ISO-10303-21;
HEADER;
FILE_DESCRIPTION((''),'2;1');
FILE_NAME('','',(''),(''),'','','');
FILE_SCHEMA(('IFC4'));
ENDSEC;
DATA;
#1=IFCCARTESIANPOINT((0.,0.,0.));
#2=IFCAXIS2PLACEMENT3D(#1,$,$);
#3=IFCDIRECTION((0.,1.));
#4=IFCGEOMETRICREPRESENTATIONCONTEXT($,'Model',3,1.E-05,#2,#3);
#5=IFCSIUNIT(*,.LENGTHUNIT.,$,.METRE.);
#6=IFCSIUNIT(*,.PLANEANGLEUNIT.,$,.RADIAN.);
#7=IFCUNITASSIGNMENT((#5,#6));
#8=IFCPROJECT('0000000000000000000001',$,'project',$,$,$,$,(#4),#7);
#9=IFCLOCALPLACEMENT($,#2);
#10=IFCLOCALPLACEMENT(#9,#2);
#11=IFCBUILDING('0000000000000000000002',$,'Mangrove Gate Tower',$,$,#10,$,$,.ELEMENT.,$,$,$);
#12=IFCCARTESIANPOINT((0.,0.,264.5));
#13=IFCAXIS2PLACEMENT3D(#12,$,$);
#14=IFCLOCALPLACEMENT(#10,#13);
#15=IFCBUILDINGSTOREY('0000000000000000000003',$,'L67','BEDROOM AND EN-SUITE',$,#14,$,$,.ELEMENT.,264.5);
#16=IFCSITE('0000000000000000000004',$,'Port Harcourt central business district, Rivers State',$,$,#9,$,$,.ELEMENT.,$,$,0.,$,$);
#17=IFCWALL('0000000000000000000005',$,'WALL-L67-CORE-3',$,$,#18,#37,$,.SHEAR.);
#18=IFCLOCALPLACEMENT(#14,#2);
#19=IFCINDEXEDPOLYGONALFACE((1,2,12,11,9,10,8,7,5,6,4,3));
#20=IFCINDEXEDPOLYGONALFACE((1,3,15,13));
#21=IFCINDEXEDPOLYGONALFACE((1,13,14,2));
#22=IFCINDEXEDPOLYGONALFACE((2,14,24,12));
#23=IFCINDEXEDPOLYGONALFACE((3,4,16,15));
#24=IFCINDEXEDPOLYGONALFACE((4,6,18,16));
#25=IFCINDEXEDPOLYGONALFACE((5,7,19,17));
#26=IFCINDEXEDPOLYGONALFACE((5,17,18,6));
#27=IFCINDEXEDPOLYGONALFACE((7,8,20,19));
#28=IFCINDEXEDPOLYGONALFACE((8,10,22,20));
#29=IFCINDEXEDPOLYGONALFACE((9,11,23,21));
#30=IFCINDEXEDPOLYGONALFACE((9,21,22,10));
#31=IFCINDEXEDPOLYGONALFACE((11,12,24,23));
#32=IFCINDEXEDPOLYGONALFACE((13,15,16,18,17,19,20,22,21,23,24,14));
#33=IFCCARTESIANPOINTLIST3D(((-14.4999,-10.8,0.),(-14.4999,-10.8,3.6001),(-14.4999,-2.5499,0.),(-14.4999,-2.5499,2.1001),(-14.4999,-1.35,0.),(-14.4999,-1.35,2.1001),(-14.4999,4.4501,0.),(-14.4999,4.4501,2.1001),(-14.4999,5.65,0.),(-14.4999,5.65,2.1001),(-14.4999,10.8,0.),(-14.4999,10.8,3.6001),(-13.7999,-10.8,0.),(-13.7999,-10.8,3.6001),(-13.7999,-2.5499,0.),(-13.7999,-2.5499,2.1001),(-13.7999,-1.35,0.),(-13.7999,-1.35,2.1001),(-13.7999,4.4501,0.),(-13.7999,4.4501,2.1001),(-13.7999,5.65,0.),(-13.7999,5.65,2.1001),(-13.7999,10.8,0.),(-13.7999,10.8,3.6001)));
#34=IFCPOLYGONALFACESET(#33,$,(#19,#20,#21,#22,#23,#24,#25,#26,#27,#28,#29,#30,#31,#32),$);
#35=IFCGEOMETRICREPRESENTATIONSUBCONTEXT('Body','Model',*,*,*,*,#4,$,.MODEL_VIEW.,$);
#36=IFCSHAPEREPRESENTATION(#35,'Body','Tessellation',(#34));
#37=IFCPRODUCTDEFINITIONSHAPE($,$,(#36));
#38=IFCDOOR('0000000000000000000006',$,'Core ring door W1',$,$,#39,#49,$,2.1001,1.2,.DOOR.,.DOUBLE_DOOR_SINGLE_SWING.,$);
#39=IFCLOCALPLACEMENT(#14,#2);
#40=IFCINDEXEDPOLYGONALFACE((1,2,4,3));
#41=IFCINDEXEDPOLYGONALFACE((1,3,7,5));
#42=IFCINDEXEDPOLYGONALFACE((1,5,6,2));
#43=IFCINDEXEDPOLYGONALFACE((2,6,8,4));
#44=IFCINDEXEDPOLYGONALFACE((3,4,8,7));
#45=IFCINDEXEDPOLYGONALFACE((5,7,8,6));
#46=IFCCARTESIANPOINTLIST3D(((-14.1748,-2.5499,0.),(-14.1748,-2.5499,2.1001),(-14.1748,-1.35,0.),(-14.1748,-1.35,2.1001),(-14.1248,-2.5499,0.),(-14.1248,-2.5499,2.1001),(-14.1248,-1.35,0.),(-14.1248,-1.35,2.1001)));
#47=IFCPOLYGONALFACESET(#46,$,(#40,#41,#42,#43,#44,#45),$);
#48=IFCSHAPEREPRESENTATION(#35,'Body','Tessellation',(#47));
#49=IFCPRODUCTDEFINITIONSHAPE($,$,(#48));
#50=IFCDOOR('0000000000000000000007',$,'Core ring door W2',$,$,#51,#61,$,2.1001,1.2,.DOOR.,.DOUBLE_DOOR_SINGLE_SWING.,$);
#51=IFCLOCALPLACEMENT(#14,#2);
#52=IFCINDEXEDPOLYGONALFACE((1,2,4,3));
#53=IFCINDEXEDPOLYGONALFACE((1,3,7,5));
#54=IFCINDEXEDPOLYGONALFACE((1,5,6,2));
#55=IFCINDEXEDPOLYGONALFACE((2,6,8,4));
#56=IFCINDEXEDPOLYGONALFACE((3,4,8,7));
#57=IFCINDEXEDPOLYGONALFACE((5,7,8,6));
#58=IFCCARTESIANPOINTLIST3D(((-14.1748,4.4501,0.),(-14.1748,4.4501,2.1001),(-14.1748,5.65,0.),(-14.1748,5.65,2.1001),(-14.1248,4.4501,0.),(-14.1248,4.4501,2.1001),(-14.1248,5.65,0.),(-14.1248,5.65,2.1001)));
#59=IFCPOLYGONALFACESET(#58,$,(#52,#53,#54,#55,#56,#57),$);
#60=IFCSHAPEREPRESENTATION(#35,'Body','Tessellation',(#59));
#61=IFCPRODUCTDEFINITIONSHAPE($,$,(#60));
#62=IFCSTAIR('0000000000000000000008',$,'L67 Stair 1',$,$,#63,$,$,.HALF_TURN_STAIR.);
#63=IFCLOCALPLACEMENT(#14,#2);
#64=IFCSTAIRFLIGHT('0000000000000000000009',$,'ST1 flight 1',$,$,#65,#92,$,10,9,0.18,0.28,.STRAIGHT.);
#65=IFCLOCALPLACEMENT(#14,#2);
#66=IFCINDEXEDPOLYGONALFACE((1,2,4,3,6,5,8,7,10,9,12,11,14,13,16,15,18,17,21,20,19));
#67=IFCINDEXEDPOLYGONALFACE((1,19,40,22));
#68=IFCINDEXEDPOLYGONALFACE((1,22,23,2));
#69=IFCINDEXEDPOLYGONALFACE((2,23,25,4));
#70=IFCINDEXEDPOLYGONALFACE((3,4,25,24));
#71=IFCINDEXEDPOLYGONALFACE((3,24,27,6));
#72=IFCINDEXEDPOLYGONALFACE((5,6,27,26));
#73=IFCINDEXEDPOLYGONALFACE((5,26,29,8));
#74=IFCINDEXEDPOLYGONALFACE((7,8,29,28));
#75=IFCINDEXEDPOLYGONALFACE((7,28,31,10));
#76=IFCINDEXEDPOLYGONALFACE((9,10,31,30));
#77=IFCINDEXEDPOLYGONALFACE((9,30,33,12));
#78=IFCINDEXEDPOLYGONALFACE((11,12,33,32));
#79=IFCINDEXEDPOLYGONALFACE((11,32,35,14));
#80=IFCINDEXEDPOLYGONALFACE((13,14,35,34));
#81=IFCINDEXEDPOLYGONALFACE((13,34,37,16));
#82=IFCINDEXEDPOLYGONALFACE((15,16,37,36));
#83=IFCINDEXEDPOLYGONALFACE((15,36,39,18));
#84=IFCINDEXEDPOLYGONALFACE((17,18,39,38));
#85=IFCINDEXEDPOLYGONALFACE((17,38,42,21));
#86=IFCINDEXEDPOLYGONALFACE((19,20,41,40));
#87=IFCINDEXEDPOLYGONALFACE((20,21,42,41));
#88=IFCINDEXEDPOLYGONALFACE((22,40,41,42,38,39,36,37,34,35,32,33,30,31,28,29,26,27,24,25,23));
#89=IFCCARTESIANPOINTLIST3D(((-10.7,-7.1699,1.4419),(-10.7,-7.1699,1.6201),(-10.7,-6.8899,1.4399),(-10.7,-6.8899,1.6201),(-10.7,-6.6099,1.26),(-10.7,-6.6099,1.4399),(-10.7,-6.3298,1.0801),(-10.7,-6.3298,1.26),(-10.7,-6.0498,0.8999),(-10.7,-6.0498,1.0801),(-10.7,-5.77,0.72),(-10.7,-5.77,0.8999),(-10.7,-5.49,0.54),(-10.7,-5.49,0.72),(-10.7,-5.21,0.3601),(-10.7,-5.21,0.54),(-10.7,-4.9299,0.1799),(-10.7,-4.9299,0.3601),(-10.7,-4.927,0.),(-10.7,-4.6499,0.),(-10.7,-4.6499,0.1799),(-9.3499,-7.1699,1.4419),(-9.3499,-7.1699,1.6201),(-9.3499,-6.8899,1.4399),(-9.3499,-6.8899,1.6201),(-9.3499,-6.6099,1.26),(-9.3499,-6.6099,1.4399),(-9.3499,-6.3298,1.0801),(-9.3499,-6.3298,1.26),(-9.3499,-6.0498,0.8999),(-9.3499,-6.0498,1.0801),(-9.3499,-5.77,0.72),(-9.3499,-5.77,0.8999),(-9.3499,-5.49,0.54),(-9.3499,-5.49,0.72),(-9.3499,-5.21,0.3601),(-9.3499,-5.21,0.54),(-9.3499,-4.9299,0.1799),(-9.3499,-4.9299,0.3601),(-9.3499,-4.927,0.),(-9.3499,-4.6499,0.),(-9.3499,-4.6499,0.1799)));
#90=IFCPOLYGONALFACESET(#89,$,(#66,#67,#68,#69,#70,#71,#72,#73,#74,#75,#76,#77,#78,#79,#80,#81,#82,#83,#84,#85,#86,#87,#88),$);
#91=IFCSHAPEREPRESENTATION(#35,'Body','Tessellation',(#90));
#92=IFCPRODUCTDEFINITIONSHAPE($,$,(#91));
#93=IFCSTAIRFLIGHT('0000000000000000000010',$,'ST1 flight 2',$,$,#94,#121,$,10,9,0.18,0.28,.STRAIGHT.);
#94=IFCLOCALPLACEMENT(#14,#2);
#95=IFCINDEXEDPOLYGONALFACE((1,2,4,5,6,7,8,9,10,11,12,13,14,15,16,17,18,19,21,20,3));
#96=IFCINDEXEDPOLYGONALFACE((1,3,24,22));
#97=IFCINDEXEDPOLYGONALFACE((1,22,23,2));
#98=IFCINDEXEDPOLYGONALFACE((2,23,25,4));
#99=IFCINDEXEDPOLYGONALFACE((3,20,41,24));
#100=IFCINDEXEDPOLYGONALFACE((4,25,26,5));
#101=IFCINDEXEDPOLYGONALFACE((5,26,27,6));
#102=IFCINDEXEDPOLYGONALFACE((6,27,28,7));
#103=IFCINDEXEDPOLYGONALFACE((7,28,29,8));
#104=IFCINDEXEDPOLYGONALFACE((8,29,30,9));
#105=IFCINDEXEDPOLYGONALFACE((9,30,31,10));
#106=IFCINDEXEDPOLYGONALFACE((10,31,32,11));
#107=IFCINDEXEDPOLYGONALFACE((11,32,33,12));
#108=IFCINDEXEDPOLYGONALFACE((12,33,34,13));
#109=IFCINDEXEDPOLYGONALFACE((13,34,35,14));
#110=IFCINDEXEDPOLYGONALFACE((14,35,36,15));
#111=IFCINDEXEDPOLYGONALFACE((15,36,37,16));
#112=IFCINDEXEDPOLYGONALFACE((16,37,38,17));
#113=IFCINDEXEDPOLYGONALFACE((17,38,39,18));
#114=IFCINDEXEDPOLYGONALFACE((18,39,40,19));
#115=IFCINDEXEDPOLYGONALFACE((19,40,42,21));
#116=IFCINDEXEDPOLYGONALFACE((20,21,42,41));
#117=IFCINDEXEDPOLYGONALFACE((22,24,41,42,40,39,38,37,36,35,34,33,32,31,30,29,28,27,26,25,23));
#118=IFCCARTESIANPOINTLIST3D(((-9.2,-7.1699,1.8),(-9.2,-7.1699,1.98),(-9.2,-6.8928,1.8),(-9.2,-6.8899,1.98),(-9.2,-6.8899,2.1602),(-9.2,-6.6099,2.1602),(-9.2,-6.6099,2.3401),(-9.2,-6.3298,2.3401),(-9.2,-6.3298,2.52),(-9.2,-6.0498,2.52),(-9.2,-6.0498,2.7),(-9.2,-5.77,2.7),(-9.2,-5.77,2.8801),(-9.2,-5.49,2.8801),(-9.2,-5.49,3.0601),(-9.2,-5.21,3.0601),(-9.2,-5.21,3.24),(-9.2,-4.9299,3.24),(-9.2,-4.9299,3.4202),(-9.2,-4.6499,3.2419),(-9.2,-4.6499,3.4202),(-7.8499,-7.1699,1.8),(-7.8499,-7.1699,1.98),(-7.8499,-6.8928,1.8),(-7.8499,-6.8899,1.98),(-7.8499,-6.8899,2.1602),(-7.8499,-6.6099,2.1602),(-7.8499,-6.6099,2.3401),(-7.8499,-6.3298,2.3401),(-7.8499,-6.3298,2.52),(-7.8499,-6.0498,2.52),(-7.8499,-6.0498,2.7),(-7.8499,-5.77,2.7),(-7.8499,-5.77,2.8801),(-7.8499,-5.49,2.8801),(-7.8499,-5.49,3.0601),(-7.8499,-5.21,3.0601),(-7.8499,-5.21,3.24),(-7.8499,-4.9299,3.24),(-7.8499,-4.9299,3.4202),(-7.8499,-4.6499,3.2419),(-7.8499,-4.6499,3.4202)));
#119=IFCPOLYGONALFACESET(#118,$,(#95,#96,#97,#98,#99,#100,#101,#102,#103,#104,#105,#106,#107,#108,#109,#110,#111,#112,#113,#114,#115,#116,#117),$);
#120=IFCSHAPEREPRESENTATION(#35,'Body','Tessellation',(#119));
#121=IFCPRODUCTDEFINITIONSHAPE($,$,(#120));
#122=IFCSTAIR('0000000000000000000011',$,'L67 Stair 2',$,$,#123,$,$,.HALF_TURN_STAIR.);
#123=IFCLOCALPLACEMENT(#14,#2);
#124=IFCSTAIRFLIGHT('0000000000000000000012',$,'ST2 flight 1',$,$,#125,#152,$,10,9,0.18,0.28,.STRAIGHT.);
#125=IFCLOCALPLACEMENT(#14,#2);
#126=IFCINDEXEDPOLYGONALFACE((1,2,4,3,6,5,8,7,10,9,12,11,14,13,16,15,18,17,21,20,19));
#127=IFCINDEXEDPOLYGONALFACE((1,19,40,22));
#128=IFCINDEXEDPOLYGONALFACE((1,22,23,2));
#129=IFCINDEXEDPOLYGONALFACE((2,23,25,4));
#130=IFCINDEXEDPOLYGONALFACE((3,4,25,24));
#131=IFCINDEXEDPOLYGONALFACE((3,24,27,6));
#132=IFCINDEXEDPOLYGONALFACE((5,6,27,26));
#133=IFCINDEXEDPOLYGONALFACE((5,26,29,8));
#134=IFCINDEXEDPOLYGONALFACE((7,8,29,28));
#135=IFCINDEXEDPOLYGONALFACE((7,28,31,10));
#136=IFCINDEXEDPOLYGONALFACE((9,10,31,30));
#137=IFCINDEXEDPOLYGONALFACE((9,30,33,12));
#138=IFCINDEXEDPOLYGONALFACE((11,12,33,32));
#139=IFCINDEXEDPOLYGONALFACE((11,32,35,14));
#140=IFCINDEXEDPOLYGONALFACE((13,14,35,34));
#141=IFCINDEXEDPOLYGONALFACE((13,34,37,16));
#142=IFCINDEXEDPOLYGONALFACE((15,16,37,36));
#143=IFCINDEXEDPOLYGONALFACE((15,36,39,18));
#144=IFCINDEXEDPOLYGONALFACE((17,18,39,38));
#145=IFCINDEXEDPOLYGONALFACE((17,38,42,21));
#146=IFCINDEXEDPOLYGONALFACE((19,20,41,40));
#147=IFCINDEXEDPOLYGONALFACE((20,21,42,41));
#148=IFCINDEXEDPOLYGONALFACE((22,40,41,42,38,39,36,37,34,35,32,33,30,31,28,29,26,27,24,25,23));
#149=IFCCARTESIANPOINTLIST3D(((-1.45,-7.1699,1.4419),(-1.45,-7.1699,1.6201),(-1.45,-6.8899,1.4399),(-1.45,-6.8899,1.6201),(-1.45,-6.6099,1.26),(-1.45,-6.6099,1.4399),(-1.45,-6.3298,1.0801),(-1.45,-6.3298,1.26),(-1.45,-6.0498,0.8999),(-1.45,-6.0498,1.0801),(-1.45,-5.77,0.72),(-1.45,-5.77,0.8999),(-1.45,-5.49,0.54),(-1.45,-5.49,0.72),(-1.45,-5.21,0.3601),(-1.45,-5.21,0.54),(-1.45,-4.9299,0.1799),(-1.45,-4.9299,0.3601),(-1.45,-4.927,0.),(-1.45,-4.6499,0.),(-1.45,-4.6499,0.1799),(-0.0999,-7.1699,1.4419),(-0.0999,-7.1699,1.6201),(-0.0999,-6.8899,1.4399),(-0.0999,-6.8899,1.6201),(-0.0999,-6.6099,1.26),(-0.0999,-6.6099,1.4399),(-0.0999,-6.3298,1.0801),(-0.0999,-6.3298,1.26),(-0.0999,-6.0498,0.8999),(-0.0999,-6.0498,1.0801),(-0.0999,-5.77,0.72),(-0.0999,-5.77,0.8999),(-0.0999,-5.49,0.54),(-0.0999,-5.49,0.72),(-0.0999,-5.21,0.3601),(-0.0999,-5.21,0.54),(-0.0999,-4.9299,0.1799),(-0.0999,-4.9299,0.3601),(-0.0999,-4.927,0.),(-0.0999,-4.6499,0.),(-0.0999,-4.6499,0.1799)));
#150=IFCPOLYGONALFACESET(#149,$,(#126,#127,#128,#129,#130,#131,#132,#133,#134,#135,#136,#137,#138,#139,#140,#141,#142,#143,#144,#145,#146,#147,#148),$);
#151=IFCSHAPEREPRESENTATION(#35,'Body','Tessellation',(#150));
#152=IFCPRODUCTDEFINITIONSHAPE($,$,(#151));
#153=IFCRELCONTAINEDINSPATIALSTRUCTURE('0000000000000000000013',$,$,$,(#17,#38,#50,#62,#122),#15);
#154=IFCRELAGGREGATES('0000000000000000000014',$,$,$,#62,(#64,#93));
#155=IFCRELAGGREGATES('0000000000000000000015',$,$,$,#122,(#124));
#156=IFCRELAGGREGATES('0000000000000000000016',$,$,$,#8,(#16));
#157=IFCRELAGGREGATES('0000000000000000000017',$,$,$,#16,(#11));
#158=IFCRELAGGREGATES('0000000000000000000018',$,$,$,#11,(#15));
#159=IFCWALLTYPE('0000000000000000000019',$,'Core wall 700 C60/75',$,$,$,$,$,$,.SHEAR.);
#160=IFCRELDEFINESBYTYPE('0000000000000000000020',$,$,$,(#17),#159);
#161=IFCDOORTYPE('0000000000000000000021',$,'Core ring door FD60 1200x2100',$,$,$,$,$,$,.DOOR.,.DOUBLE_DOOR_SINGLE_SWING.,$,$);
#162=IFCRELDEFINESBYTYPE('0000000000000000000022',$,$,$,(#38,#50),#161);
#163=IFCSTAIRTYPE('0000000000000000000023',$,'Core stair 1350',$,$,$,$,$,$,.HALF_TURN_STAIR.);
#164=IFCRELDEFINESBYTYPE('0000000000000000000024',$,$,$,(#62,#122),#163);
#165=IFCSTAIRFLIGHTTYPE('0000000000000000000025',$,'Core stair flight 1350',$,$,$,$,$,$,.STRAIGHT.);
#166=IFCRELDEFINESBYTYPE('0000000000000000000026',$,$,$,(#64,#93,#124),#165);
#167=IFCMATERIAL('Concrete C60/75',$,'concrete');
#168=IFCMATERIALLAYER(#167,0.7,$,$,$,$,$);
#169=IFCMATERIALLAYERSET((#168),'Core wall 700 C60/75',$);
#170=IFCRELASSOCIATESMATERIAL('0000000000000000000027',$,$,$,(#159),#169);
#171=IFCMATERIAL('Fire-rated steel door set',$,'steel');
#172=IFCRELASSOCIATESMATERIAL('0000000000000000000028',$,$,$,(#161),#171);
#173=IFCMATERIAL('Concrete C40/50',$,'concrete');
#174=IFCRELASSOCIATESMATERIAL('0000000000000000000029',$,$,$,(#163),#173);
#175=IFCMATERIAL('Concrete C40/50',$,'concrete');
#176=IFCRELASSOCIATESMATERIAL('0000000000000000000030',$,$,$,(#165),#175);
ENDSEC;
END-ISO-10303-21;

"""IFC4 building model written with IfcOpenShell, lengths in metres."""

from ifc_helpers import new_model, si_unit, direction, frame, frame_2d, origin, place, context, subcontext, project, spatial, polyline, rectangle, outline, extrude, material, layer, layer_set, type_object, element, fill, aggregate, save


model = new_model("IFC4")

# Units and contexts
model_context = context("Model", 3, precision=1e-05, world=origin(), true_north=direction((0.0, 1.0)))
body_context = subcontext(model_context, "Body", "Model", "MODEL_VIEW")
ifc_project = project(units=[si_unit("LENGTHUNIT", "METRE"), si_unit("PLANEANGLEUNIT", "RADIAN")], contexts=[model_context])

# Site, building, storey
site_placement = place(None, origin())
site = spatial("IfcSite", under=ifc_project, at=site_placement, Name="Port Harcourt central business district, Rivers State", CompositionType="ELEMENT", RefElevation=0.0)
building_placement = place(site_placement, origin())
building = spatial("IfcBuilding", under=site, at=building_placement, Name="Mangrove Gate Tower", CompositionType="ELEMENT")
storey_placement = place(building_placement, frame((0.0, 0.0, 264.5)))
storey = spatial("IfcBuildingStorey", under=building, at=storey_placement, Name="L67", Description="BEDROOM AND EN-SUITE", CompositionType="ELEMENT", Elevation=264.5)

# Shared definitions
ifc_material_1 = material(Name="Concrete C60/75", Category="concrete")
ifc_layer_1 = layer(ifc_material_1, 0.7)
ifc_layer_set_1 = layer_set([ifc_layer_1], Name="Core wall 700 C60/75")
wall_type_1 = type_object("IfcWallType", Name="Core wall 700 C60/75", PredefinedType="SHEAR", material=ifc_layer_set_1)

# Wall, openings, doors
wall_1_placement = place(storey_placement, frame((-14.1499, -10.8, 0.0), z_axis=(0.0, 0.0, 1.0), x_axis=(0.0, 1.0, 0.0)))
wall_1 = element("IfcWall", 1, at=wall_1_placement, inside=storey, type_object=wall_type_1, Name="WALL-L67-CORE-3", PredefinedType="SHEAR", context=body_context, shape_type="SweptSolid", body=[
    extrude(rectangle(XDim=21.6001, YDim=0.7, at=frame_2d((10.8, 0.0))), origin(), (0.0, 0.0, 1.0), 3.6001),
])
opening_1_placement = place(wall_1_placement, frame((8.25, 0.0, 0.0)))
opening_1 = element("IfcOpeningElement", 2, at=opening_1_placement, cuts=wall_1, PredefinedType="OPENING", context=body_context, shape_type="SweptSolid", body=[
    extrude(rectangle(XDim=1.2, YDim=2.1001, at=frame_2d((0.6001, 1.05))), frame((0.0, 0.3599, 0.0), z_axis=(0.0, -1.0, 0.0), x_axis=(1.0, 0.0, 0.0)), (0.0, 0.0, 1.0), 0.72),
])
opening_2_placement = place(wall_1_placement, frame((15.25, 0.0, 0.0)))
opening_2 = element("IfcOpeningElement", 3, at=opening_2_placement, cuts=wall_1, PredefinedType="OPENING", context=body_context, shape_type="SweptSolid", body=[
    extrude(rectangle(XDim=1.2, YDim=2.1001, at=frame_2d((0.6001, 1.05))), frame((0.0, 0.3599, 0.0), z_axis=(0.0, -1.0, 0.0), x_axis=(1.0, 0.0, 0.0)), (0.0, 0.0, 1.0), 0.72),
])
ifc_material_2 = material(Name="Fire-rated steel door set", Category="steel")
door_type_1 = type_object("IfcDoorType", Name="Core ring door FD60 1200x2100", OperationType="DOUBLE_DOOR_SINGLE_SWING", PredefinedType="DOOR", material=ifc_material_2)
door_1_placement = place(opening_1_placement, origin())
door_1 = element("IfcDoor", 4, at=door_1_placement, inside=storey, type_object=door_type_1, Name="Core ring door W1", OperationType="DOUBLE_DOOR_SINGLE_SWING", OverallHeight=2.1001, OverallWidth=1.2, PredefinedType="DOOR", context=body_context, shape_type="SweptSolid", body=[
    extrude(rectangle(XDim=1.2, YDim=2.1001, at=frame_2d((0.6001, 1.05))), frame((0.0, 0.0249, 0.0), z_axis=(0.0, -1.0, 0.0), x_axis=(1.0, 0.0, 0.0)), (0.0, 0.0, 1.0), 0.05),
])
fill(opening_1, door_1)
door_2_placement = place(opening_2_placement, origin())
door_2 = element("IfcDoor", 5, at=door_2_placement, inside=storey, type_object=door_type_1, Name="Core ring door W2", OperationType="DOUBLE_DOOR_SINGLE_SWING", OverallHeight=2.1001, OverallWidth=1.2, PredefinedType="DOOR", context=body_context, shape_type="SweptSolid", body=[
    extrude(rectangle(XDim=1.2, YDim=2.1001, at=frame_2d((0.6001, 1.05))), frame((0.0, 0.0249, 0.0), z_axis=(0.0, -1.0, 0.0), x_axis=(1.0, 0.0, 0.0)), (0.0, 0.0, 1.0), 0.05),
])
fill(opening_2, door_2)

# Stair, stair flights
ifc_material_3 = material(Name="Concrete C40/50", Category="concrete")
stair_type = type_object("IfcStairType", Name="Core stair 1350", PredefinedType="HALF_TURN_STAIR", material=ifc_material_3)
stair_1_placement = place(storey_placement, origin())
stair_1 = element("IfcStair", 6, at=stair_1_placement, inside=storey, type_object=stair_type, Name="L67 Stair 1", PredefinedType="HALF_TURN_STAIR")
ifc_material_4 = material(Name="Concrete C40/50", Category="concrete")
stair_flight_type = type_object("IfcStairFlightType", Name="Core stair flight 1350", PredefinedType="STRAIGHT", material=ifc_material_4)
stair_flight_1_placement = place(storey_placement, frame((-10.0249, -4.6499, 0.0), z_axis=(0.0, 0.0, 1.0), x_axis=(0.0, -1.0, 0.0)))
stair_flight_1 = element("IfcStairFlight", 7, at=stair_flight_1_placement, type_object=stair_flight_type, Name="ST1 flight 1", NumberOfRisers=10, NumberOfTreads=9, PredefinedType="STRAIGHT", RiserHeight=0.18, TreadLength=0.28, context=body_context, shape_type="SweptSolid", body=[
    extrude(outline(polyline([(0.0, 0.0), (0.0, 0.1799), (0.28, 0.1799), (0.28, 0.3601), (0.5601, 0.3601), (0.5601, 0.54), (0.8401, 0.54), (0.8401, 0.72), (1.1201, 0.72), (1.1201, 0.8999), (1.3999, 0.8999), (1.3999, 1.0801), (1.6799, 1.0801), (1.6799, 1.26), (1.96, 1.26), (1.96, 1.4399), (2.24, 1.4399), (2.24, 1.6201), (2.52, 1.6201), (2.52, 1.8), (2.52, 1.4419), (0.2771, 0.0), (0.0, 0.0)])), frame((0.0, 0.675, 0.0), z_axis=(0.0, -1.0, 0.0), x_axis=(1.0, 0.0, 0.0)), (0.0, 0.0, 1.0), 1.3501),
])
stair_flight_2_placement = place(storey_placement, frame((-8.5249, -7.1699, 1.8), z_axis=(0.0, 0.0, 1.0), x_axis=(0.0, 1.0, 0.0)))
stair_flight_2 = element("IfcStairFlight", 8, at=stair_flight_2_placement, type_object=stair_flight_type, Name="ST1 flight 2", NumberOfRisers=10, NumberOfTreads=9, PredefinedType="STRAIGHT", RiserHeight=0.18, TreadLength=0.28, context=body_context, shape_type="SweptSolid", body=[
    extrude(outline(polyline([(0.0, 0.0), (0.0, 0.1799), (0.28, 0.1799), (0.28, 0.3601), (0.5601, 0.3601), (0.5601, 0.54), (0.8401, 0.54), (0.8401, 0.72), (1.1201, 0.72), (1.1201, 0.8999), (1.3999, 0.8999), (1.3999, 1.0801), (1.6799, 1.0801), (1.6799, 1.26), (1.96, 1.26), (1.96, 1.4399), (2.24, 1.4399), (2.24, 1.6201), (2.52, 1.6201), (2.52, 1.8), (2.52, 1.4419), (0.2771, 0.0), (0.0, 0.0)])), frame((0.0, 0.675, 0.0), z_axis=(0.0, -1.0, 0.0), x_axis=(1.0, 0.0, 0.0)), (0.0, 0.0, 1.0), 1.3501),
])
aggregate(stair_1, [stair_flight_1, stair_flight_2])

# Stair, stair flight
stair_2_placement = place(storey_placement, origin())
stair_2 = element("IfcStair", 9, at=stair_2_placement, inside=storey, type_object=stair_type, Name="L67 Stair 2", PredefinedType="HALF_TURN_STAIR")
stair_flight_3_placement = place(storey_placement, frame((-0.7749, -4.6499, 0.0), z_axis=(0.0, 0.0, 1.0), x_axis=(0.0, -1.0, 0.0)))
stair_flight_3 = element("IfcStairFlight", 10, at=stair_flight_3_placement, type_object=stair_flight_type, Name="ST2 flight 1", NumberOfRisers=10, NumberOfTreads=9, PredefinedType="STRAIGHT", RiserHeight=0.18, TreadLength=0.28, context=body_context, shape_type="SweptSolid", body=[
    extrude(outline(polyline([(0.0, 0.0), (0.0, 0.1799), (0.28, 0.1799), (0.28, 0.3601), (0.5601, 0.3601), (0.5601, 0.54), (0.8401, 0.54), (0.8401, 0.72), (1.1201, 0.72), (1.1201, 0.8999), (1.3999, 0.8999), (1.3999, 1.0801), (1.6799, 1.0801), (1.6799, 1.26), (1.96, 1.26), (1.96, 1.4399), (2.24, 1.4399), (2.24, 1.6201), (2.52, 1.6201), (2.52, 1.8), (2.52, 1.4419), (0.2771, 0.0), (0.0, 0.0)])), frame((0.0, 0.675, 0.0), z_axis=(0.0, -1.0, 0.0), x_axis=(1.0, 0.0, 0.0)), (0.0, 0.0, 1.0), 1.3501),
])
aggregate(stair_2, [stair_flight_3])

save(model, "model.ifc")
